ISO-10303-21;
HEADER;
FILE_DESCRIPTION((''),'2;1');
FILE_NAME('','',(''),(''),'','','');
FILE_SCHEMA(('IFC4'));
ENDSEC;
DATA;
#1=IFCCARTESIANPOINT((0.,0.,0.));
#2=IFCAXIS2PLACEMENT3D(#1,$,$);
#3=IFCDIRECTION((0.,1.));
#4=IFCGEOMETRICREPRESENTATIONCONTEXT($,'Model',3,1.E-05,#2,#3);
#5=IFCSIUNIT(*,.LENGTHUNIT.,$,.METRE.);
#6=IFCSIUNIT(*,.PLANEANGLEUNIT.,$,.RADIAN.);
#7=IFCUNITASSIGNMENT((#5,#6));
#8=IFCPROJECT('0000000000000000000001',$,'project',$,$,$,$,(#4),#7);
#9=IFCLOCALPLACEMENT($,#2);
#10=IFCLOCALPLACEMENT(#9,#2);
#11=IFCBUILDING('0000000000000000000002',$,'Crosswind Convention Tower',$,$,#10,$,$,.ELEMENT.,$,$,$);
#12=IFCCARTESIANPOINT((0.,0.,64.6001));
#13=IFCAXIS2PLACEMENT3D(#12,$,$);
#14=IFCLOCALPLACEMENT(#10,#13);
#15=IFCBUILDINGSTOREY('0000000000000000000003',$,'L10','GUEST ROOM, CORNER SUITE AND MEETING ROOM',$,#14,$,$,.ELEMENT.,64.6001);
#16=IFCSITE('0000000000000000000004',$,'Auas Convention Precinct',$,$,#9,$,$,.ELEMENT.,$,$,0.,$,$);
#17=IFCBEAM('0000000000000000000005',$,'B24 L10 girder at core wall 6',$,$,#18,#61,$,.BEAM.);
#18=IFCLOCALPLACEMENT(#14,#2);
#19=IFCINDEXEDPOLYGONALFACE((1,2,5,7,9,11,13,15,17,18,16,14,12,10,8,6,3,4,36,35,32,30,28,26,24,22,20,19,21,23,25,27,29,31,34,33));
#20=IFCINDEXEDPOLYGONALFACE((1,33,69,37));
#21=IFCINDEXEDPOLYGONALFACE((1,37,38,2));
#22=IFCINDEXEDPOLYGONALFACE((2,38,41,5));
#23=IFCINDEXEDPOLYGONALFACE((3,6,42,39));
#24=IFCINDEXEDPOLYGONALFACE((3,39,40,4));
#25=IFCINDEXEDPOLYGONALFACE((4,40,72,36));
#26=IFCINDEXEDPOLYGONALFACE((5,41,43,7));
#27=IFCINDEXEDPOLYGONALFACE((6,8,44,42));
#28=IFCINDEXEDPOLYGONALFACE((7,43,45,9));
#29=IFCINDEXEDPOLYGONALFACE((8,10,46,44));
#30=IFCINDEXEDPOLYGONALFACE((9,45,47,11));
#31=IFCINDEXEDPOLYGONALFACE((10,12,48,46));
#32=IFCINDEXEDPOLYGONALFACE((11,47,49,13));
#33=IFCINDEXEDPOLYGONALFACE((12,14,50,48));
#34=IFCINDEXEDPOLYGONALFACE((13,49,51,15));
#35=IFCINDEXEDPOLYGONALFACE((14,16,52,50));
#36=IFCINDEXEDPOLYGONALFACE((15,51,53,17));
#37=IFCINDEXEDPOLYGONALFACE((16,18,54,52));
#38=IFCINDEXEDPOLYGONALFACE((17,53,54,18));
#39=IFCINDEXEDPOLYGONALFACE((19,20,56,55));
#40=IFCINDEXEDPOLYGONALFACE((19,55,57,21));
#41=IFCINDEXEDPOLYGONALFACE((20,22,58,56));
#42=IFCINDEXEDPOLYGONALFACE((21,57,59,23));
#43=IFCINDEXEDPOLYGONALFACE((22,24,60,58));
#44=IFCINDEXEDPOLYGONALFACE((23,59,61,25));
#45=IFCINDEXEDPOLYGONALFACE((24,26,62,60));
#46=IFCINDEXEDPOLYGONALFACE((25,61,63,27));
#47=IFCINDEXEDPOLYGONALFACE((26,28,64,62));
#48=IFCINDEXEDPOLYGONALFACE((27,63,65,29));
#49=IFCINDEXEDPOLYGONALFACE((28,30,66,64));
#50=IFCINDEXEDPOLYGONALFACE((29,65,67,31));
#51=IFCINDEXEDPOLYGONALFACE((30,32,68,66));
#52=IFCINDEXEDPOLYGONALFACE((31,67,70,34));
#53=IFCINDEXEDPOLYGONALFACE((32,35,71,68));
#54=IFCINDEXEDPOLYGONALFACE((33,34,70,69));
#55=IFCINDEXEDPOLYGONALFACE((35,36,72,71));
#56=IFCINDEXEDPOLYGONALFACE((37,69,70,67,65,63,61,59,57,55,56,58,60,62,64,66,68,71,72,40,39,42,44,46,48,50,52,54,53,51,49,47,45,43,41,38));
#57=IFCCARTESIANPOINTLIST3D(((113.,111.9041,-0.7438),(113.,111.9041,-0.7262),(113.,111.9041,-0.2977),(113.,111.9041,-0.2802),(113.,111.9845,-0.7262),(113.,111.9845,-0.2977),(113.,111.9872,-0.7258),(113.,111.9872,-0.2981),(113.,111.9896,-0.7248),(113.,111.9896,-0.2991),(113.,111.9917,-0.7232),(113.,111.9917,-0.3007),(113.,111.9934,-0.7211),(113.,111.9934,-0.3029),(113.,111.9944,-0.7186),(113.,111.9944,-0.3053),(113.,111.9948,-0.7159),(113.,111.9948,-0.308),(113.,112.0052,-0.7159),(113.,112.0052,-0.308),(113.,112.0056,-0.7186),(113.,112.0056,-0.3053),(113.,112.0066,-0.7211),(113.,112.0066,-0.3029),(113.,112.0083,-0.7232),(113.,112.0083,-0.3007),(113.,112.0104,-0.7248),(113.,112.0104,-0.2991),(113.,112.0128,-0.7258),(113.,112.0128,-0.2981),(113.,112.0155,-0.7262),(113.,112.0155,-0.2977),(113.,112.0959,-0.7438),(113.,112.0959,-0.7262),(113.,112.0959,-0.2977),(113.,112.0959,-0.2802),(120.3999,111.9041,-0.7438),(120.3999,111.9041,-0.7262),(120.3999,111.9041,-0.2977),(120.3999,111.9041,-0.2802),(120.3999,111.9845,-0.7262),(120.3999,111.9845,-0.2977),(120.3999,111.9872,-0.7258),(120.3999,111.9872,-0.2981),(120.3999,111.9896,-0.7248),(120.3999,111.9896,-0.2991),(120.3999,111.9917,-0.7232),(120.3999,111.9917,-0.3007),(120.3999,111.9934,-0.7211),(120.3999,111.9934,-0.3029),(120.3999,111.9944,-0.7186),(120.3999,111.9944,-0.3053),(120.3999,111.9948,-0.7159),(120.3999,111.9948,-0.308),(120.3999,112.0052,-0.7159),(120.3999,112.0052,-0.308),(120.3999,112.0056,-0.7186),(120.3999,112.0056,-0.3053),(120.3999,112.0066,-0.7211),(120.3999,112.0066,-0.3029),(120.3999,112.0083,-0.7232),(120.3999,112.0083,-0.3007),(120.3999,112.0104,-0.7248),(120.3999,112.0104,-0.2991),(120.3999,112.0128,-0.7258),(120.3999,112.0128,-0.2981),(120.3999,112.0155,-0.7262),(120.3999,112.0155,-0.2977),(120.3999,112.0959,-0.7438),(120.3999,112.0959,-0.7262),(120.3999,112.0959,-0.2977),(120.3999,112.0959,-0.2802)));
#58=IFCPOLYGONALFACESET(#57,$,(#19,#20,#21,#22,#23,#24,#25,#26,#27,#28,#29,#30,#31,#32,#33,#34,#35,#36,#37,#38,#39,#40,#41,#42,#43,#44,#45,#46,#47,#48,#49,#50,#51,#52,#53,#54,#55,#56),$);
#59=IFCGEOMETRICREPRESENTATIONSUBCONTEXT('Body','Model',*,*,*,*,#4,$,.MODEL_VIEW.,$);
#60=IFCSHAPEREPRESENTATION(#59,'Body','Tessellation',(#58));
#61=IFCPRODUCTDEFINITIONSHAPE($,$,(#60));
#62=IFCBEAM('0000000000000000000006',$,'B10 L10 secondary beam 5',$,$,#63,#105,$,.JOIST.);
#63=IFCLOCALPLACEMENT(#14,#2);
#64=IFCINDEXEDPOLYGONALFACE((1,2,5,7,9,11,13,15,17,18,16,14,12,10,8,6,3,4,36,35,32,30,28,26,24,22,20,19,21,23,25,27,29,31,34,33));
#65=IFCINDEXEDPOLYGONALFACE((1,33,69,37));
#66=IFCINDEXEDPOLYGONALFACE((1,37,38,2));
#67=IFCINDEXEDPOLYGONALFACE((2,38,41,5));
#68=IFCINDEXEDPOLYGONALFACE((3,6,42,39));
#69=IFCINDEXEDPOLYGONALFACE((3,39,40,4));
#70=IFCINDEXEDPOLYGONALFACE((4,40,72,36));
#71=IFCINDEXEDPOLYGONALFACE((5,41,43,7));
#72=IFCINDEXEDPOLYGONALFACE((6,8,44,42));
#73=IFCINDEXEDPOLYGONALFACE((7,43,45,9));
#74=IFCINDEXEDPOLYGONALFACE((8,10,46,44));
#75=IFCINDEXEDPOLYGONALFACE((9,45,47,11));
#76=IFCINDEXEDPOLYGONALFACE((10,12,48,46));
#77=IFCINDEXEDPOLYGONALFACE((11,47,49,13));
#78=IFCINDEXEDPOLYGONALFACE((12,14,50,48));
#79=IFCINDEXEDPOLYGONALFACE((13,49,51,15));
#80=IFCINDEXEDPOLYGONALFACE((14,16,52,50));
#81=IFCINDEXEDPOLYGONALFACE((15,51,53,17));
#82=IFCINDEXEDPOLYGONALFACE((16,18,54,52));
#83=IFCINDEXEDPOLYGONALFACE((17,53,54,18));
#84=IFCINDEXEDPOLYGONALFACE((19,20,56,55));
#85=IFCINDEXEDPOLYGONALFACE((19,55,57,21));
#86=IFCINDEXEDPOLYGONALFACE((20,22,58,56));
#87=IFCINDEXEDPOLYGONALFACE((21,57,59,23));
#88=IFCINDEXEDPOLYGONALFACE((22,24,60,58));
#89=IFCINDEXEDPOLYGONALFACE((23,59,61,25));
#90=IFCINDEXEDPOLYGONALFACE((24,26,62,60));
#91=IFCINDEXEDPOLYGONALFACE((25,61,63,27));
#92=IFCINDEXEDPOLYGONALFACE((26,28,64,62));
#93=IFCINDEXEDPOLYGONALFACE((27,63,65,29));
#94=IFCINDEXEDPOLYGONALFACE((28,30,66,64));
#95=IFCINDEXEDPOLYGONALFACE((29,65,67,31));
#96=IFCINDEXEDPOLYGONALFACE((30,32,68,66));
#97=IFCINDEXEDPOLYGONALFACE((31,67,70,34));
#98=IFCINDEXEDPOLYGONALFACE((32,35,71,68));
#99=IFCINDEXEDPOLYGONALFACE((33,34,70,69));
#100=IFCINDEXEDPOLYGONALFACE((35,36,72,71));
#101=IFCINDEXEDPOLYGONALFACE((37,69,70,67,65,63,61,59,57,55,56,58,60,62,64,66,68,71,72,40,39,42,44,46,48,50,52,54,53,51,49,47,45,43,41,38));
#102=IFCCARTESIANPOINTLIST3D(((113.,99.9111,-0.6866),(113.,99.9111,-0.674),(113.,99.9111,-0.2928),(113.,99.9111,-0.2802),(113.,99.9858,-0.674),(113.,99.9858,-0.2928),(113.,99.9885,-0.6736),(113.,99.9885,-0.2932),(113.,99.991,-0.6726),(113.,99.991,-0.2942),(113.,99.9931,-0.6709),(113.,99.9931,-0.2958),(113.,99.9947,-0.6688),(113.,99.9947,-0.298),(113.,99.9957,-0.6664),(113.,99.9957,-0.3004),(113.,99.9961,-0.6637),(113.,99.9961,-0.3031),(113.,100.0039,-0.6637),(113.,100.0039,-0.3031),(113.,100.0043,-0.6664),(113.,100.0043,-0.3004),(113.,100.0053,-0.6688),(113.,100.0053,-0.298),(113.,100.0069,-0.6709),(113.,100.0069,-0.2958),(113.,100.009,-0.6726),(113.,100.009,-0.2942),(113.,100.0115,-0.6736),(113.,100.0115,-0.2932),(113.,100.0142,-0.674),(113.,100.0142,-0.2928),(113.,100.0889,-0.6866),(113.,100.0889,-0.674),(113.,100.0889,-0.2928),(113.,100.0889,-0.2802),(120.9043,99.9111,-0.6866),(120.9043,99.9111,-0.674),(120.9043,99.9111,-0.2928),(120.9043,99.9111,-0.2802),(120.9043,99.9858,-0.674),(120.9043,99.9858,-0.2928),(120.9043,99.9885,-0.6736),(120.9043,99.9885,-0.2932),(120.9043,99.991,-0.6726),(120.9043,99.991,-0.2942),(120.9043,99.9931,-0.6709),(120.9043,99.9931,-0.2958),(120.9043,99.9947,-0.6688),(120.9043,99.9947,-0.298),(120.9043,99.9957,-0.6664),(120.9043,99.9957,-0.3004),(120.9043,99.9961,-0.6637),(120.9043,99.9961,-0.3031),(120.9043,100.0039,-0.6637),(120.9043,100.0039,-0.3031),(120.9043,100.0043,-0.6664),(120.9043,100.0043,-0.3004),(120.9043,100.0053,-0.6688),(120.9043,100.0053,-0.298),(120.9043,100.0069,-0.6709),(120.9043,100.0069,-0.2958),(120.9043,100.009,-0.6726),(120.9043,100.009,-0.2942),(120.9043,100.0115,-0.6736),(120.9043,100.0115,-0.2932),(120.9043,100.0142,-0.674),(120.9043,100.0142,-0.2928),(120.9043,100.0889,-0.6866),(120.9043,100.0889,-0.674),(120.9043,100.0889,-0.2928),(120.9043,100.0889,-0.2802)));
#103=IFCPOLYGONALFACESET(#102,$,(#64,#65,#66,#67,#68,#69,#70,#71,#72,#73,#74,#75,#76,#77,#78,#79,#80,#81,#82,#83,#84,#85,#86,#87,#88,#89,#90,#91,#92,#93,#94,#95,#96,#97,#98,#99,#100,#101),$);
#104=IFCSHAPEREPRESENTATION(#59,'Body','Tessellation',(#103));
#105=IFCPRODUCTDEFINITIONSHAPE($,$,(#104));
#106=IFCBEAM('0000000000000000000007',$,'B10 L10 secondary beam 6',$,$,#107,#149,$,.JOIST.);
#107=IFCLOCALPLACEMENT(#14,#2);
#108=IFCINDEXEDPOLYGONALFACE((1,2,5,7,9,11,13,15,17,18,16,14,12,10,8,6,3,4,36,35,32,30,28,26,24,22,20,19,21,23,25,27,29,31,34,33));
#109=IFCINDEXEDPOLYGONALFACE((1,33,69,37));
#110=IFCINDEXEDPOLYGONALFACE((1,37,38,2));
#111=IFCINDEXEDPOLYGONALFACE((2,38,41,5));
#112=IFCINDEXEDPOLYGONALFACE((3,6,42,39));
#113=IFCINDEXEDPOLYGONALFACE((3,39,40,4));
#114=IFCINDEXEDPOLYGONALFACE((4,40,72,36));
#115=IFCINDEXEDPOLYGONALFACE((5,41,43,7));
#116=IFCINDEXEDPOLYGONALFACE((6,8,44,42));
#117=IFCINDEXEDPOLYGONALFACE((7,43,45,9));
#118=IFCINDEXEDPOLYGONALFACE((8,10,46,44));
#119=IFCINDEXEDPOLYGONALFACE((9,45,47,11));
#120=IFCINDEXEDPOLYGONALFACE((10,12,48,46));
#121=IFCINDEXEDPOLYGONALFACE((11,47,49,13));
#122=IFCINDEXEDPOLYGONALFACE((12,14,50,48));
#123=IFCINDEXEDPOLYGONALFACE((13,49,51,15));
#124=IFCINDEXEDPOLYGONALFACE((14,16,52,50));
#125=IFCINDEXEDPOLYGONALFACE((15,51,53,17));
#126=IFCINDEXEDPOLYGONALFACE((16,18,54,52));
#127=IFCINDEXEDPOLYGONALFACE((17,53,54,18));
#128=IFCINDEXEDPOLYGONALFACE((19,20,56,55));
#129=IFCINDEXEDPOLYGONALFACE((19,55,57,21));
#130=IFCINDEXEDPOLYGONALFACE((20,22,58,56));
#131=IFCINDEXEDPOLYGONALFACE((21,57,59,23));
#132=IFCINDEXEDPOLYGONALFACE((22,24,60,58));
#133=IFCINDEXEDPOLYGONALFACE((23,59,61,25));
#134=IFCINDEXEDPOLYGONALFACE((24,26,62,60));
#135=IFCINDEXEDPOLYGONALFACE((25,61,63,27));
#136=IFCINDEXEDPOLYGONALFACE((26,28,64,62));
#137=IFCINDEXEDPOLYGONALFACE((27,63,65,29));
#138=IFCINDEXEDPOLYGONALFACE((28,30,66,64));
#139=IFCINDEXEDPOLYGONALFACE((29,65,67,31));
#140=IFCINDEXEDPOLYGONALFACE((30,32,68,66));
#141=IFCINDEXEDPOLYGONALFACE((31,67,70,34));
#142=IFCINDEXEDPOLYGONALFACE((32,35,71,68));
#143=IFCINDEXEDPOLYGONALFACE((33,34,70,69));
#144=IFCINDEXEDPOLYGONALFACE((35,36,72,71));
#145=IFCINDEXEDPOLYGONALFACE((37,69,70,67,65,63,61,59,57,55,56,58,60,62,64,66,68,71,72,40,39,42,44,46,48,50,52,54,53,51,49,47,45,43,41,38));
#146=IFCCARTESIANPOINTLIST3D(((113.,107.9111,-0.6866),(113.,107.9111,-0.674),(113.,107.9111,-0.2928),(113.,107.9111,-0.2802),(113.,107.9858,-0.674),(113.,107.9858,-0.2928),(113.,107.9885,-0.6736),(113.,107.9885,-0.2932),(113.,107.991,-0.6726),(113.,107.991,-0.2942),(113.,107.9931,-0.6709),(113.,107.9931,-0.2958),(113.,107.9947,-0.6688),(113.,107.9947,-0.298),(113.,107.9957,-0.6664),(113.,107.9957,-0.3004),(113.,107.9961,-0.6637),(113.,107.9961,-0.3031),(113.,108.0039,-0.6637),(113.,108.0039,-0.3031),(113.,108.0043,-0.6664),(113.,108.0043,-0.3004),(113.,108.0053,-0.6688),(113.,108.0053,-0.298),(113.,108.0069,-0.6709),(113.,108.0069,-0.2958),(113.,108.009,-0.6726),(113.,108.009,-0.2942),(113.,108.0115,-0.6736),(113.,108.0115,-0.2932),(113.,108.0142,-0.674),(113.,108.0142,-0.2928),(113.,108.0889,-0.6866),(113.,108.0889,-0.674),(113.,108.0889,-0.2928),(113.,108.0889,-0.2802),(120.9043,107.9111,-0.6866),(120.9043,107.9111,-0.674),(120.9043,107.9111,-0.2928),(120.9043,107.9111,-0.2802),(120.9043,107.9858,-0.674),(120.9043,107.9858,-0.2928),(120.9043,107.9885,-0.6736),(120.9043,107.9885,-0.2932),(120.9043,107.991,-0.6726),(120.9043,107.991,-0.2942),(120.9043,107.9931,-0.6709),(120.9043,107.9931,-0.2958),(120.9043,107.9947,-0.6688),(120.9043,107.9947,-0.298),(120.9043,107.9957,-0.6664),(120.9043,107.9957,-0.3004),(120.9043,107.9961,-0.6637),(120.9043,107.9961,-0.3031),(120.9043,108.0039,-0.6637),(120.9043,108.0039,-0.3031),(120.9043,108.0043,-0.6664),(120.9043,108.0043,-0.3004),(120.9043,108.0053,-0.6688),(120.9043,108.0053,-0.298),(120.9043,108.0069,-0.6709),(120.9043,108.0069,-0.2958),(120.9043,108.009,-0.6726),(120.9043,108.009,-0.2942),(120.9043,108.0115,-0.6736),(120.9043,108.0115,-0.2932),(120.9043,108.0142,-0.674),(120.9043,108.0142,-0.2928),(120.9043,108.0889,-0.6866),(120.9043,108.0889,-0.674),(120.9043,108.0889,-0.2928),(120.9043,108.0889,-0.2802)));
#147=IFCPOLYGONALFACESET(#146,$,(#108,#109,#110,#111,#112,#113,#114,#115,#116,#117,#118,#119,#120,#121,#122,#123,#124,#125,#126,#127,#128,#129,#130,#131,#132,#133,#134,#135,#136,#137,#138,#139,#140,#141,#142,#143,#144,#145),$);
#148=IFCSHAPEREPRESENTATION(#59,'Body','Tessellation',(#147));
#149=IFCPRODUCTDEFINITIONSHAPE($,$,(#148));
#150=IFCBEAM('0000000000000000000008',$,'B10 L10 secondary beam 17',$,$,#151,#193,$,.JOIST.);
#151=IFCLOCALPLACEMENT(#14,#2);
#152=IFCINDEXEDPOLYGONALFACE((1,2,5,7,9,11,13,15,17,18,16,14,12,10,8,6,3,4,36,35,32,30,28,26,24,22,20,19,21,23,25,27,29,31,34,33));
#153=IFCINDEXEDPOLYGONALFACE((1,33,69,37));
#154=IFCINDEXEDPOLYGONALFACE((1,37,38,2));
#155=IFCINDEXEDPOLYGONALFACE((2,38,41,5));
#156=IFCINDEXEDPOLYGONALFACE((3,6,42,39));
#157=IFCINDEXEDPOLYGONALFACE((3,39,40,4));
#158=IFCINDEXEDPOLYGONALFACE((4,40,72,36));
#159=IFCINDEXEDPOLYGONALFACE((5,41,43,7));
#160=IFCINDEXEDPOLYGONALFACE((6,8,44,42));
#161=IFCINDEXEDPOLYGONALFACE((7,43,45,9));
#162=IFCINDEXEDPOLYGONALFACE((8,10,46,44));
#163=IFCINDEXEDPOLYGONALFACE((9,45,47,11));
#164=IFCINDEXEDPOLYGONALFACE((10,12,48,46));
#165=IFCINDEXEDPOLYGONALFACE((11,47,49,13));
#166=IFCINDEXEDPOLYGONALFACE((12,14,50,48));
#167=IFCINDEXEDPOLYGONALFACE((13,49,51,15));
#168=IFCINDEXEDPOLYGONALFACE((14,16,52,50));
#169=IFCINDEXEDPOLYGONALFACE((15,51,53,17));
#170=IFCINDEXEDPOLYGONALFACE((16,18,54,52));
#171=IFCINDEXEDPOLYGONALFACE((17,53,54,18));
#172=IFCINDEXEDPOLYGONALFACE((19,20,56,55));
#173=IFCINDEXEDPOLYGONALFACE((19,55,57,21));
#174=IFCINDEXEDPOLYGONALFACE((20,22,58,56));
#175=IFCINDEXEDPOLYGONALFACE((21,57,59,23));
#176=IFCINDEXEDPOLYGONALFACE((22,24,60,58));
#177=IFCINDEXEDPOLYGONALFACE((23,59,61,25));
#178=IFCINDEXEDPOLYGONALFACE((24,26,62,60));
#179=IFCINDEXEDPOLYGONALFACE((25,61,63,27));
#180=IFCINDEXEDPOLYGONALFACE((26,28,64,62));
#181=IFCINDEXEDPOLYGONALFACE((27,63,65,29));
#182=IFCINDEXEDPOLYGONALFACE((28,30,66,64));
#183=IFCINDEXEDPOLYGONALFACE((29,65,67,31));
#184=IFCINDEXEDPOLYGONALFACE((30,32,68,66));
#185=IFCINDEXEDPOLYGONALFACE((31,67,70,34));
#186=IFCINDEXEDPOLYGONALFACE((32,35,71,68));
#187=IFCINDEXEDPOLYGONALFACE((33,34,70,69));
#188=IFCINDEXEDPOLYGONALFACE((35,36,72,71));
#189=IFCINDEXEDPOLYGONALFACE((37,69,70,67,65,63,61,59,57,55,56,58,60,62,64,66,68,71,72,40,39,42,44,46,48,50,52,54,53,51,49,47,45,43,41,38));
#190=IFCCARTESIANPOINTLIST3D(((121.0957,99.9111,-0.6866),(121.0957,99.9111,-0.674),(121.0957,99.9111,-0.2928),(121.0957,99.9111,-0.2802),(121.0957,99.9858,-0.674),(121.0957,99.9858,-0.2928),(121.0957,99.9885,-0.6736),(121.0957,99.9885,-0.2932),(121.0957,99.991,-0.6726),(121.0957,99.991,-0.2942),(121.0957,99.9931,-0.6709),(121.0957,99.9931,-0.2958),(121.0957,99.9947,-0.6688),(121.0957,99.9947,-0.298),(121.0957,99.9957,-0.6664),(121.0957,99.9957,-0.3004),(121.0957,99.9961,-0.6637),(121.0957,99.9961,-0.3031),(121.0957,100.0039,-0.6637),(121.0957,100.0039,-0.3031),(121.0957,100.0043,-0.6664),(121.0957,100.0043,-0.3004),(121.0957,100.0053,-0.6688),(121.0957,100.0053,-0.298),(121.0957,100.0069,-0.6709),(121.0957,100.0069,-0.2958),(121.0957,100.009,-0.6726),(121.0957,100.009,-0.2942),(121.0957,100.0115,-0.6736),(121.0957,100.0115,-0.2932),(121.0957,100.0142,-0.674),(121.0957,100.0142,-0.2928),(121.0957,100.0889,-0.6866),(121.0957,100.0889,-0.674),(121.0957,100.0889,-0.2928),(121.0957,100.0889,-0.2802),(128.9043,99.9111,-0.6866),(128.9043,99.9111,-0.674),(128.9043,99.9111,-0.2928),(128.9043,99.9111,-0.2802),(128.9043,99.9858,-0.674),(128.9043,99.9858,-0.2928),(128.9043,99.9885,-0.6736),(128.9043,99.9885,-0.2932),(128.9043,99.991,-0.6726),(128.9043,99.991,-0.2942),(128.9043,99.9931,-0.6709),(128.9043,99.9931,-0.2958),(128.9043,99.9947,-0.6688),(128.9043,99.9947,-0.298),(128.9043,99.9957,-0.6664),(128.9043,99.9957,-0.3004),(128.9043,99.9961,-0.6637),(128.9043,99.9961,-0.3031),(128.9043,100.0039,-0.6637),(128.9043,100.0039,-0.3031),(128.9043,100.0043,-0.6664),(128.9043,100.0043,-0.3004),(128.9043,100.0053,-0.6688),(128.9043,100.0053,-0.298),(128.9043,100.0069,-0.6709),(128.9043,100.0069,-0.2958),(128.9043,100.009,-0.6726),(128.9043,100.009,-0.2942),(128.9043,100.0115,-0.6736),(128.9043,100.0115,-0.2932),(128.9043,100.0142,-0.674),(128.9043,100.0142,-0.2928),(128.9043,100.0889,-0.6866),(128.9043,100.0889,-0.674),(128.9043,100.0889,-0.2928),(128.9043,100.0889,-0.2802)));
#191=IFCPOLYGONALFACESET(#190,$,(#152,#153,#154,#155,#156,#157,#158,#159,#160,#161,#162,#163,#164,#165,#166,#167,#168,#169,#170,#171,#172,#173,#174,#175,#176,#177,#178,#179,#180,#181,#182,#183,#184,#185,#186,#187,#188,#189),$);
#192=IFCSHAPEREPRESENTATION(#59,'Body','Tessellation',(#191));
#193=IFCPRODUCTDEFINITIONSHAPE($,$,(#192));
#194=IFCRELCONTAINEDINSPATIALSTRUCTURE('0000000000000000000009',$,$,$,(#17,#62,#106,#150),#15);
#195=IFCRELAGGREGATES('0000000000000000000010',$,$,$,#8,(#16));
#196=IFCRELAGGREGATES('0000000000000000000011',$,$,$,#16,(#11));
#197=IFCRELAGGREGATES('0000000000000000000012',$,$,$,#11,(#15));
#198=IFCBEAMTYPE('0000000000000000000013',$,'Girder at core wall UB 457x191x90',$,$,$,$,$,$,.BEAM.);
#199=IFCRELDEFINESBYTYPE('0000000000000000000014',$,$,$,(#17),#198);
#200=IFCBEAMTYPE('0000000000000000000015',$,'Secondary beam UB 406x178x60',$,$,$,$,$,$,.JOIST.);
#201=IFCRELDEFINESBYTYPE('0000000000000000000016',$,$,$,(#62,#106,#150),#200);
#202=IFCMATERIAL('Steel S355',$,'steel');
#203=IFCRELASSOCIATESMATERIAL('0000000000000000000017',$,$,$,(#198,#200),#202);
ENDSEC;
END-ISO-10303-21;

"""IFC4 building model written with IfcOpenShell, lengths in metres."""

from ifc_helpers import new_model, si_unit, direction, frame, origin, origin_2d, place, context, subcontext, project, spatial, i_section, extrude, material, material_profile, profile_set, type_object, element, save


model = new_model("IFC4")

# Units and contexts
model_context = context("Model", 3, precision=1e-05, world=origin(), true_north=direction((0.0, 1.0)))
body_context = subcontext(model_context, "Body", "Model", "MODEL_VIEW")
ifc_project = project(units=[si_unit("LENGTHUNIT", "METRE"), si_unit("PLANEANGLEUNIT", "RADIAN")], contexts=[model_context])

# Site, building, storey
site_placement = place(None, origin())
site = spatial("IfcSite", under=ifc_project, at=site_placement, Name="Auas Convention Precinct", CompositionType="ELEMENT", RefElevation=0.0)
building_placement = place(site_placement, origin())
building = spatial("IfcBuilding", under=site, at=building_placement, Name="Crosswind Convention Tower", CompositionType="ELEMENT")
storey_placement = place(building_placement, frame((0.0, 0.0, 64.6001)))
storey = spatial("IfcBuildingStorey", under=building, at=storey_placement, Name="L10", Description="GUEST ROOM, CORNER SUITE AND MEETING ROOM", CompositionType="ELEMENT", Elevation=64.6001)

# Beams
ifc_material_1 = material(Name="Steel S355", Category="steel")
ifc_material_profile_1 = material_profile(ifc_material_1, i_section(OverallWidth=0.1919, OverallDepth=0.4636, WebThickness=0.0105, FlangeThickness=0.0176, FilletRadius=0.0103, at=origin_2d()), Name="UB 457x191x90")
ifc_profile_set_1 = profile_set([ifc_material_profile_1], Name="Steel S355")
beam_type_1 = type_object("IfcBeamType", Name="Girder at core wall UB 457x191x90", PredefinedType="BEAM", material=ifc_profile_set_1)
for number, where, z_axis, x_axis, name in (
    (1, (113.0, 112.0, -0.512), (1.0, 0.0, 0.0), (0.0, 1.0, 0.0), "B24 L10 girder at core wall 6"),
):
    element("IfcBeam", number, at=place(storey_placement, frame(where, z_axis=z_axis, x_axis=x_axis)), inside=storey, type_object=beam_type_1, Name=name, PredefinedType="BEAM", context=body_context, shape_type="SweptSolid", body=[
        extrude(i_section(OverallWidth=0.1919, OverallDepth=0.4636, WebThickness=0.0105, FlangeThickness=0.0176, FilletRadius=0.0103, at=origin_2d()), origin(), (0.0, 0.0, 1.0), 7.3999),
    ])
ifc_material_profile_2 = material_profile(ifc_material_1, i_section(OverallWidth=0.1777, OverallDepth=0.4065, WebThickness=0.0078, FlangeThickness=0.0127, FilletRadius=0.0103, at=origin_2d()), Name="UB 406x178x60")
ifc_profile_set_2 = profile_set([ifc_material_profile_2], Name="Steel S355")
beam_type_2 = type_object("IfcBeamType", Name="Secondary beam UB 406x178x60", PredefinedType="JOIST", material=ifc_profile_set_2)
for number, where, z_axis, x_axis, name in (
    (2, (113.0, 100.0, -0.4834), (1.0, 0.0, 0.0), (0.0, 1.0, 0.0), "B10 L10 secondary beam 5"),
    (3, (113.0, 108.0, -0.4834), (1.0, 0.0, 0.0), (0.0, 1.0, 0.0), "B10 L10 secondary beam 6"),
):
    element("IfcBeam", number, at=place(storey_placement, frame(where, z_axis=z_axis, x_axis=x_axis)), inside=storey, type_object=beam_type_2, Name=name, PredefinedType="JOIST", context=body_context, shape_type="SweptSolid", body=[
        extrude(i_section(OverallWidth=0.1777, OverallDepth=0.4065, WebThickness=0.0078, FlangeThickness=0.0127, FilletRadius=0.0103, at=origin_2d()), origin(), (0.0, 0.0, 1.0), 7.9043),
    ])
for number, where, z_axis, x_axis, name in (
    (4, (121.0957, 100.0, -0.4834), (1.0, 0.0, 0.0), (0.0, 1.0, 0.0), "B10 L10 secondary beam 17"),
):
    element("IfcBeam", number, at=place(storey_placement, frame(where, z_axis=z_axis, x_axis=x_axis)), inside=storey, type_object=beam_type_2, Name=name, PredefinedType="JOIST", context=body_context, shape_type="SweptSolid", body=[
        extrude(i_section(OverallWidth=0.1777, OverallDepth=0.4065, WebThickness=0.0078, FlangeThickness=0.0127, FilletRadius=0.0103, at=origin_2d()), origin(), (0.0, 0.0, 1.0), 7.8086),
    ])

save(model, "model.ifc")
